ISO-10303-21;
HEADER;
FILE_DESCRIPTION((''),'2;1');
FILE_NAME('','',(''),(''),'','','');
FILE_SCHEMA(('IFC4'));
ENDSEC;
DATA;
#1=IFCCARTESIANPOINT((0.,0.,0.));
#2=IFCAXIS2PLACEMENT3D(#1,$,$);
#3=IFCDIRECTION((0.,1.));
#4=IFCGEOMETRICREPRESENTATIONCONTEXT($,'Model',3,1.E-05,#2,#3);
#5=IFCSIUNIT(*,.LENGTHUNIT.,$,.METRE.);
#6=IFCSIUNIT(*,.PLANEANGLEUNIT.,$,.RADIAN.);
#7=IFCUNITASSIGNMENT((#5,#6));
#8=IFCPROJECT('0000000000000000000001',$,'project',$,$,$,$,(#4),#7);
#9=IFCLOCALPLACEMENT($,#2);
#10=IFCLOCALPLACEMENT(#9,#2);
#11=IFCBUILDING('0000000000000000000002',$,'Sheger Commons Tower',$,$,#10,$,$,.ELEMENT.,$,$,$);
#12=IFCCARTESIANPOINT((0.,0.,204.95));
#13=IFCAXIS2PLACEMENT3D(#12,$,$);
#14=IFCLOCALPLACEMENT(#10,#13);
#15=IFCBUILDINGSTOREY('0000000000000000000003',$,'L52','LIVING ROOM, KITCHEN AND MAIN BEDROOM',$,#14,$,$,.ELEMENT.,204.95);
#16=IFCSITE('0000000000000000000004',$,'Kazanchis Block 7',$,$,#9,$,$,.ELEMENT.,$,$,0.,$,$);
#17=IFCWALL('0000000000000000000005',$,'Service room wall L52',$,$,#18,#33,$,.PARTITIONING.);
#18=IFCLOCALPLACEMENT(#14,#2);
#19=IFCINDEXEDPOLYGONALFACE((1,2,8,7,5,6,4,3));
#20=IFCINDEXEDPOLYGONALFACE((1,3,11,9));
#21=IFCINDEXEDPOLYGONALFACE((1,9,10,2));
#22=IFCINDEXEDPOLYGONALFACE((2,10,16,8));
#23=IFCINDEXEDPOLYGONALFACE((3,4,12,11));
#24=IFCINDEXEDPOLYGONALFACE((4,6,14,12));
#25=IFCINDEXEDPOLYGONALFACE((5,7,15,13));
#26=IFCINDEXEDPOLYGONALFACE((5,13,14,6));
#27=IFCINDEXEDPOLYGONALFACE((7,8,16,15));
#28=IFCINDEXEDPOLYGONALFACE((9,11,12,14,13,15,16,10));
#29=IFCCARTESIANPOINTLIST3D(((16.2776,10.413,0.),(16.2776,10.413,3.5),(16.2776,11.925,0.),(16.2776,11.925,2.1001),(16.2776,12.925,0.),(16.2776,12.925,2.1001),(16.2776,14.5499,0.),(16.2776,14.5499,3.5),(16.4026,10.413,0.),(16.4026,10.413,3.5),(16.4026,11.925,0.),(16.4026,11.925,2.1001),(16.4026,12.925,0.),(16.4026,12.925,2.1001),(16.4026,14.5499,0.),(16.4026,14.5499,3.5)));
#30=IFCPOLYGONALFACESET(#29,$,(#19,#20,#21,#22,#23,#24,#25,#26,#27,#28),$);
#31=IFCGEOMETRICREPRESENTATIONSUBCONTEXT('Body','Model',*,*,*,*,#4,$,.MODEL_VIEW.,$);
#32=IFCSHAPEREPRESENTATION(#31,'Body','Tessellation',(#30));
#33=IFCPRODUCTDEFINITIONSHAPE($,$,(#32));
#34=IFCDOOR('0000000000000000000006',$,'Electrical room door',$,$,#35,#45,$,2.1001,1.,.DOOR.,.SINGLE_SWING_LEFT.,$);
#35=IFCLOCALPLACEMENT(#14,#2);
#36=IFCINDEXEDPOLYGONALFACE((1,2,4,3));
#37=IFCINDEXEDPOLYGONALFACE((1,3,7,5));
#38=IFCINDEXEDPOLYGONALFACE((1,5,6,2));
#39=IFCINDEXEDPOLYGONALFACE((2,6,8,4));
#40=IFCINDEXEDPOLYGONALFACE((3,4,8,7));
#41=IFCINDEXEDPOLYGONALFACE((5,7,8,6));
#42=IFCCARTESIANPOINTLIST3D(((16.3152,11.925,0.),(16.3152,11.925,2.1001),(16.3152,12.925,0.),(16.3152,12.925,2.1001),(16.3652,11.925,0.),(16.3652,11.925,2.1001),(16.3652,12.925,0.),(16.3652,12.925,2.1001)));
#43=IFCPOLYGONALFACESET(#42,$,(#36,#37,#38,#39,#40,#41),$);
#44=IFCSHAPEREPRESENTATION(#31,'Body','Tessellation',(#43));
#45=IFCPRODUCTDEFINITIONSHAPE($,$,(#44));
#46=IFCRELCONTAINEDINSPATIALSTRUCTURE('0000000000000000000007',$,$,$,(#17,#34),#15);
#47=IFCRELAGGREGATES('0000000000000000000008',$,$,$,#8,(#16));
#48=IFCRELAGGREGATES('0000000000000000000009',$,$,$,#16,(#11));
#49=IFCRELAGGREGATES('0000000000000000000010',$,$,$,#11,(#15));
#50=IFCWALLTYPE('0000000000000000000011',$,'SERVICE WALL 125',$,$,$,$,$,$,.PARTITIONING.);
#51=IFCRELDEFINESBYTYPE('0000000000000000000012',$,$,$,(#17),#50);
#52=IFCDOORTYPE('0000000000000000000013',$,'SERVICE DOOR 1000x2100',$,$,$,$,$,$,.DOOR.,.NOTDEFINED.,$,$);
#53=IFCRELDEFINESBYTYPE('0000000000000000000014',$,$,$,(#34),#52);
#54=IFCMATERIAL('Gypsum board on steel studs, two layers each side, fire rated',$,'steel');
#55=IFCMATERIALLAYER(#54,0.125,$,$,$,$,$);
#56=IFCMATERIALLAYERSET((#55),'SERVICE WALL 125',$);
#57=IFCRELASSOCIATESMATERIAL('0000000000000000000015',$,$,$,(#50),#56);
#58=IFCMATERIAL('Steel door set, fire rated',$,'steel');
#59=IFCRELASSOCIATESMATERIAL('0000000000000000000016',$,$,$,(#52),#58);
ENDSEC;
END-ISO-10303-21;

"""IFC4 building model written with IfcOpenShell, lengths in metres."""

from ifc_helpers import new_model, si_unit, direction, frame, frame_2d, origin, place, context, subcontext, project, spatial, rectangle, extrude, material, layer, layer_set, type_object, element, fill, save


model = new_model("IFC4")

# Units and contexts
model_context = context("Model", 3, precision=1e-05, world=origin(), true_north=direction((0.0, 1.0)))
body_context = subcontext(model_context, "Body", "Model", "MODEL_VIEW")
ifc_project = project(units=[si_unit("LENGTHUNIT", "METRE"), si_unit("PLANEANGLEUNIT", "RADIAN")], contexts=[model_context])

# Site, building, storey
site_placement = place(None, origin())
site = spatial("IfcSite", under=ifc_project, at=site_placement, Name="Kazanchis Block 7", CompositionType="ELEMENT", RefElevation=0.0)
building_placement = place(site_placement, origin())
building = spatial("IfcBuilding", under=site, at=building_placement, Name="Sheger Commons Tower", CompositionType="ELEMENT")
storey_placement = place(building_placement, frame((0.0, 0.0, 204.95)))
storey = spatial("IfcBuildingStorey", under=building, at=storey_placement, Name="L52", Description="LIVING ROOM, KITCHEN AND MAIN BEDROOM", CompositionType="ELEMENT", Elevation=204.95)

# Shared definitions
ifc_material_1 = material(Name="Gypsum board on steel studs, two layers each side, fire rated", Category="steel")
ifc_layer_1 = layer(ifc_material_1, 0.125)
ifc_layer_set_1 = layer_set([ifc_layer_1], Name="SERVICE WALL 125")
wall_type_1 = type_object("IfcWallType", Name="SERVICE WALL 125", PredefinedType="PARTITIONING", material=ifc_layer_set_1)
ifc_material_2 = material(Name="Steel door set, fire rated", Category="steel")
door_type_1 = type_object("IfcDoorType", Name="SERVICE DOOR 1000x2100", OperationType="NOTDEFINED", PredefinedType="DOOR", material=ifc_material_2)

# Wall, opening, door
wall_1_placement = place(storey_placement, frame((16.3401, 10.4131, 0.0), z_axis=(0.0, 0.0, 1.0), x_axis=(0.0, 1.0, 0.0)))
wall_1 = element("IfcWall", 1, at=wall_1_placement, inside=storey, type_object=wall_type_1, Name="Service room wall L52", PredefinedType="PARTITIONING", context=body_context, shape_type="SweptSolid", body=[
    extrude(rectangle(XDim=4.137, YDim=0.125, at=frame_2d((2.0684, 0.0))), origin(), (0.0, 0.0, 1.0), 3.5),
])
opening_1_placement = place(wall_1_placement, frame((1.512, 0.0, 0.0)))
opening_1 = element("IfcOpeningElement", 2, at=opening_1_placement, cuts=wall_1, PredefinedType="OPENING", context=body_context, shape_type="SweptSolid", body=[
    extrude(rectangle(XDim=1.0, YDim=2.1001, at=frame_2d((0.5, 1.05))), frame((0.0, 0.0725, 0.0), z_axis=(0.0, -1.0, 0.0), x_axis=(1.0, 0.0, 0.0)), (0.0, 0.0, 1.0), 0.145),
])
door_1_placement = place(opening_1_placement, origin())
door_1 = element("IfcDoor", 3, at=door_1_placement, inside=storey, type_object=door_type_1, Name="Electrical room door", OperationType="SINGLE_SWING_LEFT", OverallHeight=2.1001, OverallWidth=1.0, PredefinedType="DOOR", context=body_context, shape_type="SweptSolid", body=[
    extrude(rectangle(XDim=1.0, YDim=2.1001, at=frame_2d((0.5, 1.05))), frame((0.0, 0.0249, 0.0), z_axis=(0.0, -1.0, 0.0), x_axis=(1.0, 0.0, 0.0)), (0.0, 0.0, 1.0), 0.05),
])
fill(opening_1, door_1)

save(model, "model.ifc")
